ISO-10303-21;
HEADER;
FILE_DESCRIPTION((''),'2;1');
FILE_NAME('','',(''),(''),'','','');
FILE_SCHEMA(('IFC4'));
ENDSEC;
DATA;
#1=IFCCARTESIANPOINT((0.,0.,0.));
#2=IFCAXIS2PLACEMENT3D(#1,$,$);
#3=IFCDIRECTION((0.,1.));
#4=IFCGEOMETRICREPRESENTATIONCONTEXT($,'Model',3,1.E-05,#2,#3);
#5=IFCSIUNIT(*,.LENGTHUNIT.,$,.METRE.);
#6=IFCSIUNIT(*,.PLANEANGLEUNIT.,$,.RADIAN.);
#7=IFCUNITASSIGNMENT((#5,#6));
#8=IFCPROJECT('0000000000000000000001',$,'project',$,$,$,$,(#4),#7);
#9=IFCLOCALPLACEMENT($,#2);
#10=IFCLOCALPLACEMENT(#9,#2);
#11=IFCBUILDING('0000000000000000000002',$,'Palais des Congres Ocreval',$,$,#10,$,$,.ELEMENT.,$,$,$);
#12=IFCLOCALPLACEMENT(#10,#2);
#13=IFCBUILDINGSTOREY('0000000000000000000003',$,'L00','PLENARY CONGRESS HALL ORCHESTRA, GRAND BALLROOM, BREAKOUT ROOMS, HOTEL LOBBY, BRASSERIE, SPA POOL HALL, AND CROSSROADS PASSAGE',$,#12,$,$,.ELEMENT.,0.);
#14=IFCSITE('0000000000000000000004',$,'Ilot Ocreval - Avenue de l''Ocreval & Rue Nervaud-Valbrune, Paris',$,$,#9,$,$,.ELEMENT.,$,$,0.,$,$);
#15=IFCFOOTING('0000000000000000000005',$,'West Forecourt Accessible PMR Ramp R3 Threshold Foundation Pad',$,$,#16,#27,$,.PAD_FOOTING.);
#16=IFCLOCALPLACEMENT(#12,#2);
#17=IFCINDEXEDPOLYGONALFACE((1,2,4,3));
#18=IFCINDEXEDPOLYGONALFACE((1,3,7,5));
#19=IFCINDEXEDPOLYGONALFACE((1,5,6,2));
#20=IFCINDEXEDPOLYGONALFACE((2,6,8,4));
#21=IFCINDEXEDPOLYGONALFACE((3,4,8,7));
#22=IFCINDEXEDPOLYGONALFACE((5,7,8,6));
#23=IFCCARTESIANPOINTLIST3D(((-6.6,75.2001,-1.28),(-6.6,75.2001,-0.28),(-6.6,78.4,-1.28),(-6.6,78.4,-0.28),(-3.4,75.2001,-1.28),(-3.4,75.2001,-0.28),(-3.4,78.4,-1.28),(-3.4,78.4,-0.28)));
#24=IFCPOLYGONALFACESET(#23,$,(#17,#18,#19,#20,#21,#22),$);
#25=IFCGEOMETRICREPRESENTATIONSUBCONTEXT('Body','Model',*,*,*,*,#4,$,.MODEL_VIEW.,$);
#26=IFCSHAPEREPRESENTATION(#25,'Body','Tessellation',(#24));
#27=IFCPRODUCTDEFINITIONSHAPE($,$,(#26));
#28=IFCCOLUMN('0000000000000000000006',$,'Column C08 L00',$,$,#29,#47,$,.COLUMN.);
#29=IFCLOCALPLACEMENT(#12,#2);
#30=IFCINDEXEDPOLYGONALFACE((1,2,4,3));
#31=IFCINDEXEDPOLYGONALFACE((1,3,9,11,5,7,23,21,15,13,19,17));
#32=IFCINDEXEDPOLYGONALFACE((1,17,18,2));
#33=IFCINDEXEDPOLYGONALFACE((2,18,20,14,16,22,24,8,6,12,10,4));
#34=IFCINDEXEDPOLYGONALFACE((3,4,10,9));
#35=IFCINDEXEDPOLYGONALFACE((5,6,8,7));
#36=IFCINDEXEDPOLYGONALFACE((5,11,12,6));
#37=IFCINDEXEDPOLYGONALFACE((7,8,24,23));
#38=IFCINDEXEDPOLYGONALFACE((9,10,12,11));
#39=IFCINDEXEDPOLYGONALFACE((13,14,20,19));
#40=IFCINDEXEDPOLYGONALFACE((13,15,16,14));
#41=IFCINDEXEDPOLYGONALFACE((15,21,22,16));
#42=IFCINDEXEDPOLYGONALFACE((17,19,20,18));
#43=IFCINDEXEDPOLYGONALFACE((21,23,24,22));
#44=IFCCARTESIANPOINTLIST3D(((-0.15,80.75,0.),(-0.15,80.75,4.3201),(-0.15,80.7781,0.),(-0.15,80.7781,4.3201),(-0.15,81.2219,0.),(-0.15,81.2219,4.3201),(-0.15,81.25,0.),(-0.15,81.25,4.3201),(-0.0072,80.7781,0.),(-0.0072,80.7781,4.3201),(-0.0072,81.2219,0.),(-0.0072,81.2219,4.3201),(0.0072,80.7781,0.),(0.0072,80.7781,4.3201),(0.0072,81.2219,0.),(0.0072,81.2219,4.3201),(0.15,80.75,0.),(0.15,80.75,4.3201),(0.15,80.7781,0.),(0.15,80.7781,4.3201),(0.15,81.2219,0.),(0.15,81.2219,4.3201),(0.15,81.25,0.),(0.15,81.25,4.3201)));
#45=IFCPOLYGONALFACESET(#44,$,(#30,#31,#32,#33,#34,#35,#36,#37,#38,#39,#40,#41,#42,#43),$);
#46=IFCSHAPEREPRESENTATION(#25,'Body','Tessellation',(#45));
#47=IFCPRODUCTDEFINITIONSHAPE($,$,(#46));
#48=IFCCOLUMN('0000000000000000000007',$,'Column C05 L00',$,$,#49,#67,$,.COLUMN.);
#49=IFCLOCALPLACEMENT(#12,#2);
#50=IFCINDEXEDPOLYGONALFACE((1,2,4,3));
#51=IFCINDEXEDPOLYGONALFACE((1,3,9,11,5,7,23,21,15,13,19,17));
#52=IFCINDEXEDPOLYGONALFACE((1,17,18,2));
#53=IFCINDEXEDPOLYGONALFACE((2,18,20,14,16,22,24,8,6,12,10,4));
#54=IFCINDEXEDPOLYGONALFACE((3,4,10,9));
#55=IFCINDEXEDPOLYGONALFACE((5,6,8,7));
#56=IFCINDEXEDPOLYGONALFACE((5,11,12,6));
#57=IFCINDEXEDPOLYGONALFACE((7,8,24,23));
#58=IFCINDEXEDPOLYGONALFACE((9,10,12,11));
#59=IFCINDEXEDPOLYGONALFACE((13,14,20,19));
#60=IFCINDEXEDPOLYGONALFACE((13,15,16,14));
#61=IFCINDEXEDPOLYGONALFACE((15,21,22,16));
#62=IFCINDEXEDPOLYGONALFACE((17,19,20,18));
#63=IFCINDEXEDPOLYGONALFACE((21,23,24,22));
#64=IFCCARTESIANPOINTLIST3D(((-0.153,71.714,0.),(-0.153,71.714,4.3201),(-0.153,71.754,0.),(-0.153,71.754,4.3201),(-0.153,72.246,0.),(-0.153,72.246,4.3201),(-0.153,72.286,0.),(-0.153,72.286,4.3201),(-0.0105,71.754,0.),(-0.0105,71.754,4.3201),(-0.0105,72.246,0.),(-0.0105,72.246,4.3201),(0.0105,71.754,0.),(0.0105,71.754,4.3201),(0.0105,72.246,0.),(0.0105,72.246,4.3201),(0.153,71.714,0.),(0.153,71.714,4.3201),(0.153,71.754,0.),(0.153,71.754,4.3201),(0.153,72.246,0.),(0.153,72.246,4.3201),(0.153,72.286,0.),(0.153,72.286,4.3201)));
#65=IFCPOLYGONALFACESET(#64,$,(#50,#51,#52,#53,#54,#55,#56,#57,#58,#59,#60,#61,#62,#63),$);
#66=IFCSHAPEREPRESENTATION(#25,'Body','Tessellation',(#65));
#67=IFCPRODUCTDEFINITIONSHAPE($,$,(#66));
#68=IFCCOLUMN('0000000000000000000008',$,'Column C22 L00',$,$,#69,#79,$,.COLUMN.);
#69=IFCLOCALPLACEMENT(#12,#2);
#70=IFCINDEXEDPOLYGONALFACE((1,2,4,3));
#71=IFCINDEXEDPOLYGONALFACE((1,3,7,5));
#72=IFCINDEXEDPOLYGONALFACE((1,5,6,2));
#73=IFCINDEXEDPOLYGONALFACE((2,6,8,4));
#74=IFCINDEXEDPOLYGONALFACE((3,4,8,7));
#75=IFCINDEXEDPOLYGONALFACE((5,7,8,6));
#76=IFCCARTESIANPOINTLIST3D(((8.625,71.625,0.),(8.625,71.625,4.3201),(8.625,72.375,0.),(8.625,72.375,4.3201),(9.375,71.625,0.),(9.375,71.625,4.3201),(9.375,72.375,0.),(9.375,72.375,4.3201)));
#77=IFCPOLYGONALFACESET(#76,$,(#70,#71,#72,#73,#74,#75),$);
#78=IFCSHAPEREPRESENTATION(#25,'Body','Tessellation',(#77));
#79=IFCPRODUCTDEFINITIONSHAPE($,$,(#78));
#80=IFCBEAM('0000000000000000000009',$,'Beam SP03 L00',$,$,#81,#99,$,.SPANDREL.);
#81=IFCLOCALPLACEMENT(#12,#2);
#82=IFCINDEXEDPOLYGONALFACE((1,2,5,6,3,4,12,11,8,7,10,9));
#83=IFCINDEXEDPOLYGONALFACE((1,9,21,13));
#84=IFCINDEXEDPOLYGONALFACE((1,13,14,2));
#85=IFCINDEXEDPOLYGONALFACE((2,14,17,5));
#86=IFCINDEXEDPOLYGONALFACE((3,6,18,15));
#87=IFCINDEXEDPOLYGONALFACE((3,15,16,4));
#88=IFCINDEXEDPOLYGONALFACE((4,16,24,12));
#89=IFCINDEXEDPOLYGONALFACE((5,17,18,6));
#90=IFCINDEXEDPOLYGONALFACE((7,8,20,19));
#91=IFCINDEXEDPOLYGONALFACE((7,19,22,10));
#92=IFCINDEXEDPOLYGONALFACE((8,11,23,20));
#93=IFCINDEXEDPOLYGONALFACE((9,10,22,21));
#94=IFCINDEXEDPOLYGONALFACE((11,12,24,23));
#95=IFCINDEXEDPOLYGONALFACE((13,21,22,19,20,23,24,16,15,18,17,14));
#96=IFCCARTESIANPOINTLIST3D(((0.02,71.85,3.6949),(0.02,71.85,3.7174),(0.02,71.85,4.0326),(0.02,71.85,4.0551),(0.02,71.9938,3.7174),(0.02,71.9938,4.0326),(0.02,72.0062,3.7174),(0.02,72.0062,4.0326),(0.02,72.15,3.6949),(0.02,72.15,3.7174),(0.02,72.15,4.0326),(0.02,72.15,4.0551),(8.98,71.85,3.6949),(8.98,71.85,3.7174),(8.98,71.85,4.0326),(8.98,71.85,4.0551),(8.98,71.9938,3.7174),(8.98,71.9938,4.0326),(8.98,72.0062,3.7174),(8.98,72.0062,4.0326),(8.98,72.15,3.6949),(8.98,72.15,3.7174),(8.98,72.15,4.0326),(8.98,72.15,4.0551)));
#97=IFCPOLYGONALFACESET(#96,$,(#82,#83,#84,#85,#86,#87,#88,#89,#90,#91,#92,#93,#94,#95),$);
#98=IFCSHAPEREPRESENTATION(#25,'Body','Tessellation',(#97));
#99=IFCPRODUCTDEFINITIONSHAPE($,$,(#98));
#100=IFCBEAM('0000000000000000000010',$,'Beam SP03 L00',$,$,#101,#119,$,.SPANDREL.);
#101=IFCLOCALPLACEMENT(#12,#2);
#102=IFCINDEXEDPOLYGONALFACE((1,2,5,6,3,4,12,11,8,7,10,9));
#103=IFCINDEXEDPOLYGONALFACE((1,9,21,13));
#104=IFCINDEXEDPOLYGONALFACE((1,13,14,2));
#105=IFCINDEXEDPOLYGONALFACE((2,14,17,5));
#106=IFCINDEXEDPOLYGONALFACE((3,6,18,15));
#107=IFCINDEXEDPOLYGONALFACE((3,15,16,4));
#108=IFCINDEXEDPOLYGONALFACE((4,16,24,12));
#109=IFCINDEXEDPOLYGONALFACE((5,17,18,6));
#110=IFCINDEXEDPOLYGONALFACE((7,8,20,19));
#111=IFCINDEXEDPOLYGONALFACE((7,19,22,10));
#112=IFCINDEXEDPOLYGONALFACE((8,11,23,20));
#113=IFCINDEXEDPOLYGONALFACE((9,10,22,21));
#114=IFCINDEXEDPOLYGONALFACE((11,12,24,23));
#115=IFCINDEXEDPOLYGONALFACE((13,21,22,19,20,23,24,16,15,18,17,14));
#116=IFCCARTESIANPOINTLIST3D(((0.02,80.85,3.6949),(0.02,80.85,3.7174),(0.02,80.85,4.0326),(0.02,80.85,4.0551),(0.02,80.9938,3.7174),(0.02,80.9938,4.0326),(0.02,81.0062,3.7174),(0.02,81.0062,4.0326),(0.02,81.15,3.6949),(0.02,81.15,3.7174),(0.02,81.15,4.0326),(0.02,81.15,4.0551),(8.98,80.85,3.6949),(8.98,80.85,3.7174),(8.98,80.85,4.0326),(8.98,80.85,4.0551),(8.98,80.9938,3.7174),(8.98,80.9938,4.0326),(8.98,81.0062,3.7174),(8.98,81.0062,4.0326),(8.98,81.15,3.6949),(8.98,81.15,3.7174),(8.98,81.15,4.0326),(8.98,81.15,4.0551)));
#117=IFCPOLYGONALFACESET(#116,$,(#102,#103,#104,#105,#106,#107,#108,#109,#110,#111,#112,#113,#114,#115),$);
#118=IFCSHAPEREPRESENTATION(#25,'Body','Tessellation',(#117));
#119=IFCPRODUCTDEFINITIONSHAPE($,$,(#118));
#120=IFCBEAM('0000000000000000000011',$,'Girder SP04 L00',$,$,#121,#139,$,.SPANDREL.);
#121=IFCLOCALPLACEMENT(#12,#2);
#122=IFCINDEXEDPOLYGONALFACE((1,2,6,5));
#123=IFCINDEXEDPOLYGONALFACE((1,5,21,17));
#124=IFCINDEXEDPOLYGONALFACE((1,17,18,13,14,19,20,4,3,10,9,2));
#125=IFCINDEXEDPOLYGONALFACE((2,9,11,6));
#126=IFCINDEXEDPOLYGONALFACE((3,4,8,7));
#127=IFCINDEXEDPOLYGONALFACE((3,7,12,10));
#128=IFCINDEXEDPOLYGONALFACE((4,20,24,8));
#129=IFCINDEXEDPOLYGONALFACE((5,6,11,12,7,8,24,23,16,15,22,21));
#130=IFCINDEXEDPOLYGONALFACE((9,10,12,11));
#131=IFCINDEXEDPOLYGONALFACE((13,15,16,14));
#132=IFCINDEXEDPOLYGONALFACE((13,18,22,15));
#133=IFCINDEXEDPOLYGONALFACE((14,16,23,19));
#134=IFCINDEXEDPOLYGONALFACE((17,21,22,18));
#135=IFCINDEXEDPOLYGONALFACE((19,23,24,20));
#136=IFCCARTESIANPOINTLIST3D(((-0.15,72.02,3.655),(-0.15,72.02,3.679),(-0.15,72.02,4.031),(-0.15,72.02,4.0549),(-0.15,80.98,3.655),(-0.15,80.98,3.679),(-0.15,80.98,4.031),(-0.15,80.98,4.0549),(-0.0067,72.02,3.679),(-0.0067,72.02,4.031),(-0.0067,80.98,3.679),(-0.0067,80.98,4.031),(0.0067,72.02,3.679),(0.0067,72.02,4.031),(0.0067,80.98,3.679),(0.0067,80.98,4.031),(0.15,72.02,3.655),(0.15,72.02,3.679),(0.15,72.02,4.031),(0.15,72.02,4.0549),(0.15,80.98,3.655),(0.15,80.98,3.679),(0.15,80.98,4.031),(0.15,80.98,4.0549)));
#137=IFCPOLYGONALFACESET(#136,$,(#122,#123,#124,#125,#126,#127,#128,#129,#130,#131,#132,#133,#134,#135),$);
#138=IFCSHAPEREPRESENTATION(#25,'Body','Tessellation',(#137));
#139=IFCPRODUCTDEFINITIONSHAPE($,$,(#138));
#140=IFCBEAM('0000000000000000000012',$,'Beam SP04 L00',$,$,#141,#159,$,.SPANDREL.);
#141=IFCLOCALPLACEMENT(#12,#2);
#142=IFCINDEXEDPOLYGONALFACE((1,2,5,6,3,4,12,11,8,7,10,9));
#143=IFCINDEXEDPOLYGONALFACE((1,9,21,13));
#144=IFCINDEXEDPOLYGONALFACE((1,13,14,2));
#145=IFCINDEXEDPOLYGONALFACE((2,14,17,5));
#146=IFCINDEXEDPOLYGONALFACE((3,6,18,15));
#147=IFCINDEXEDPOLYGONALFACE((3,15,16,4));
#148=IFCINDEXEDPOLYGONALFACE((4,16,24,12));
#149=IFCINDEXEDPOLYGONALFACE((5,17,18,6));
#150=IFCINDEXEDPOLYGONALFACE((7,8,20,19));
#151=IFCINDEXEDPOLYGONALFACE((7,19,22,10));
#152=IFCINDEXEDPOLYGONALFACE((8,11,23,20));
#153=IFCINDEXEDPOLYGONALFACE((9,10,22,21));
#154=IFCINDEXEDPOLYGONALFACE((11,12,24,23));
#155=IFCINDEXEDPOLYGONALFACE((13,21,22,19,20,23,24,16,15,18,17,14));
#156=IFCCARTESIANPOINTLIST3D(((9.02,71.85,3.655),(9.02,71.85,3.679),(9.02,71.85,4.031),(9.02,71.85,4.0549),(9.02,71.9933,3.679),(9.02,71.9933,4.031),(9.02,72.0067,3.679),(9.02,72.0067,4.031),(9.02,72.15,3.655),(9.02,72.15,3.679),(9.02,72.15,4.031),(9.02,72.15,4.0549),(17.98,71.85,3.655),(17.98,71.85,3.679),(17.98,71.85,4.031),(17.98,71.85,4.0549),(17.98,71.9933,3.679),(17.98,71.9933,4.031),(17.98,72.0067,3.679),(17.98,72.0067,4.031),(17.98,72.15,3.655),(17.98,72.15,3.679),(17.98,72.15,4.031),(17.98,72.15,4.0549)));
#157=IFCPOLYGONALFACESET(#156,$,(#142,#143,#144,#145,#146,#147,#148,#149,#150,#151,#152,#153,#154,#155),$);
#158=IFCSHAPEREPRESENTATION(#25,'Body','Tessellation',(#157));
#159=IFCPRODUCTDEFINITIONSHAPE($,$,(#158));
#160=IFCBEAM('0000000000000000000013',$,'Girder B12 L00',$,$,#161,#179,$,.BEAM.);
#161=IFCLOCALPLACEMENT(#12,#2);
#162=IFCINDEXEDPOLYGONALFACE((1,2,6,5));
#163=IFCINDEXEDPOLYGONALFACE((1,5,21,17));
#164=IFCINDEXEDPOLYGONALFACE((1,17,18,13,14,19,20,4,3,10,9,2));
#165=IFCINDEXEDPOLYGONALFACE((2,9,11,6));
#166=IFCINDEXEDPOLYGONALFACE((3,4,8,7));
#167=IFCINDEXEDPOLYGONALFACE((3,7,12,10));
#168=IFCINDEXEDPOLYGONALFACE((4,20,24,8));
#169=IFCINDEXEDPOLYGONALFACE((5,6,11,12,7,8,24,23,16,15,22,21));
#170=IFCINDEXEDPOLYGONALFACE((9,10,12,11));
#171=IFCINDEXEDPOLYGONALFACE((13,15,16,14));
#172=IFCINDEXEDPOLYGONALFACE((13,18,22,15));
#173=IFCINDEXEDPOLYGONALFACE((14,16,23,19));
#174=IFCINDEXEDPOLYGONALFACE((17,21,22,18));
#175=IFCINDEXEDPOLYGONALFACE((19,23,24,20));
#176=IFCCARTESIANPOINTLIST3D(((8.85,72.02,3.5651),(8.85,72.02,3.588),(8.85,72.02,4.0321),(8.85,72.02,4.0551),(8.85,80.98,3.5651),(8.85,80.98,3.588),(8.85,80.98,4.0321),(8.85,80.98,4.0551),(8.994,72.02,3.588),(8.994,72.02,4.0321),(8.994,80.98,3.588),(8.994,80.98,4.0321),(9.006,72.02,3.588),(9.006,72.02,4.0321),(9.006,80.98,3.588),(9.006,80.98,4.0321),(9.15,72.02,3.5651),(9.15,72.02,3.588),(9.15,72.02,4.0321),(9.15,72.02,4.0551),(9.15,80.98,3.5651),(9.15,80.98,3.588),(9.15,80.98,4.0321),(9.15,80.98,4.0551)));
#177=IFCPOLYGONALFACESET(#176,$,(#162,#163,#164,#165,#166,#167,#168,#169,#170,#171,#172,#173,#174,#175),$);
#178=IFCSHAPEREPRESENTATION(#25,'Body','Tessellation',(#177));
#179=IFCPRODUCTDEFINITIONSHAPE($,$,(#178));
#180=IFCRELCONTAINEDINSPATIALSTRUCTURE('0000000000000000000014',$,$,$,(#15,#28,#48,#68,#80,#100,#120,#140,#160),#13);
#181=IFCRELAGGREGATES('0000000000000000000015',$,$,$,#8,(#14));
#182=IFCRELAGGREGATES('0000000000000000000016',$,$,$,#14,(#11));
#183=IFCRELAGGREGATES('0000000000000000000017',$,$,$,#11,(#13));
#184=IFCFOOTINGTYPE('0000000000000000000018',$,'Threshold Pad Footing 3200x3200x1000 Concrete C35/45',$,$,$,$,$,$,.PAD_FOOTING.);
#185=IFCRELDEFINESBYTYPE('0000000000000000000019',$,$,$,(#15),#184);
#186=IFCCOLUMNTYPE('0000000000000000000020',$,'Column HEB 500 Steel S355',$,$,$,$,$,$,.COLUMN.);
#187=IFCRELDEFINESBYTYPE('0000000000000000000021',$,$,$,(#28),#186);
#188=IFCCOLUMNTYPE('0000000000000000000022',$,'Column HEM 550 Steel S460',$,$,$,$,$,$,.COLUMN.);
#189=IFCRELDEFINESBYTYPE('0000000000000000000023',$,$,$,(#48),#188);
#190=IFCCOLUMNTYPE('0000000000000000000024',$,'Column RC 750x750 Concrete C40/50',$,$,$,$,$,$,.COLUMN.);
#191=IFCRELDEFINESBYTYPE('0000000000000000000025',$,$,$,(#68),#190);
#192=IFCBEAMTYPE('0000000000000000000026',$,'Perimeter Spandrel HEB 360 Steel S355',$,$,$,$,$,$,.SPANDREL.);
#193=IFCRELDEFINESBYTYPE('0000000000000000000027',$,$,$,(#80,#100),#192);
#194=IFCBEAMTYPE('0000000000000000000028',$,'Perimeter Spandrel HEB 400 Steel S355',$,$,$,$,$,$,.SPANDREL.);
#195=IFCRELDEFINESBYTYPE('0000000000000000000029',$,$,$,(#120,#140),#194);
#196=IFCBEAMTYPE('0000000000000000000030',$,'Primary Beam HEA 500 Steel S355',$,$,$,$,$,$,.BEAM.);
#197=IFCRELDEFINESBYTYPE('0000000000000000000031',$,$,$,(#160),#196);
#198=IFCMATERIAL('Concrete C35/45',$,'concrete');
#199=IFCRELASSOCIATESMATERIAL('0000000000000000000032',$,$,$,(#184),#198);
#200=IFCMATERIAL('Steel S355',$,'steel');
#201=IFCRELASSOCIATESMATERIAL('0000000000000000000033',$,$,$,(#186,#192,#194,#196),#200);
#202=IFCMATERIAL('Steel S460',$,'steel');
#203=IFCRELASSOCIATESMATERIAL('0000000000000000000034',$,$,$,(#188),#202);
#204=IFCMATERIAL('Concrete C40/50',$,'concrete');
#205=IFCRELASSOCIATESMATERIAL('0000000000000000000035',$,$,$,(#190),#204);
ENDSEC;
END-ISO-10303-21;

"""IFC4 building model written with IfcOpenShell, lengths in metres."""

from ifc_helpers import new_model, si_unit, direction, frame, origin, origin_2d, place, context, subcontext, project, spatial, rectangle, i_section, extrude, material, material_profile, profile_set, type_object, element, save


model = new_model("IFC4")

# Units and contexts
model_context = context("Model", 3, precision=1e-05, world=origin(), true_north=direction((0.0, 1.0)))
body_context = subcontext(model_context, "Body", "Model", "MODEL_VIEW")
ifc_project = project(units=[si_unit("LENGTHUNIT", "METRE"), si_unit("PLANEANGLEUNIT", "RADIAN")], contexts=[model_context])

# Site, building, storey
site_placement = place(None, origin())
site = spatial("IfcSite", under=ifc_project, at=site_placement, Name="Ilot Ocreval - Avenue de l'Ocreval & Rue Nervaud-Valbrune, Paris", CompositionType="ELEMENT", RefElevation=0.0)
building_placement = place(site_placement, origin())
building = spatial("IfcBuilding", under=site, at=building_placement, Name="Palais des Congres Ocreval", CompositionType="ELEMENT")
storey_placement = place(building_placement, origin())
storey = spatial("IfcBuildingStorey", under=building, at=storey_placement, Name="L00", Description="PLENARY CONGRESS HALL ORCHESTRA, GRAND BALLROOM, BREAKOUT ROOMS, HOTEL LOBBY, BRASSERIE, SPA POOL HALL, AND CROSSROADS PASSAGE", CompositionType="ELEMENT", Elevation=0.0)

# Footing
ifc_material_1 = material(Name="Concrete C35/45", Category="concrete")
footing_type = type_object("IfcFootingType", Name="Threshold Pad Footing 3200x3200x1000 Concrete C35/45", PredefinedType="PAD_FOOTING", material=ifc_material_1)
footing_placement = place(storey_placement, frame((-5.0, 76.8, -1.28), z_axis=(0.0, 0.0, 1.0), x_axis=(1.0, 0.0, 0.0)))
element("IfcFooting", 1, at=footing_placement, inside=storey, type_object=footing_type, Name="West Forecourt Accessible PMR Ramp R3 Threshold Foundation Pad", PredefinedType="PAD_FOOTING", context=body_context, shape_type="SweptSolid", body=[
    extrude(rectangle(XDim=3.2, YDim=3.2, at=origin_2d()), origin(), (0.0, 0.0, 1.0), 1.0),
])

# Columns
ifc_material_2 = material(Name="Steel S355", Category="steel")
ifc_material_profile_1 = material_profile(ifc_material_2, i_section(OverallWidth=0.3, OverallDepth=0.5, WebThickness=0.0144, FlangeThickness=0.0281, at=origin_2d()), Name="HEB 500")
ifc_profile_set_1 = profile_set([ifc_material_profile_1], Name="Steel S355")
column_type_1 = type_object("IfcColumnType", Name="Column HEB 500 Steel S355", PredefinedType="COLUMN", material=ifc_profile_set_1)
column_1_placement = place(storey_placement, frame((0.0, 81.0, 0.0), z_axis=(0.0, 0.0, 1.0), x_axis=(1.0, 0.0, 0.0)))
element("IfcColumn", 2, at=column_1_placement, inside=storey, type_object=column_type_1, Name="Column C08 L00", PredefinedType="COLUMN", context=body_context, shape_type="SweptSolid", body=[
    extrude(i_section(OverallWidth=0.3, OverallDepth=0.5, WebThickness=0.0144, FlangeThickness=0.0281, at=origin_2d()), origin(), (0.0, 0.0, 1.0), 4.3201),
])
ifc_material_3 = material(Name="Steel S460", Category="steel")
ifc_material_profile_2 = material_profile(ifc_material_3, i_section(OverallWidth=0.3059, OverallDepth=0.572, WebThickness=0.021, FlangeThickness=0.04, at=origin_2d()), Name="HEM 550")
ifc_profile_set_2 = profile_set([ifc_material_profile_2], Name="Steel S460")
column_type_2 = type_object("IfcColumnType", Name="Column HEM 550 Steel S460", PredefinedType="COLUMN", material=ifc_profile_set_2)
column_2_placement = place(storey_placement, frame((0.0, 72.0, 0.0), z_axis=(0.0, 0.0, 1.0), x_axis=(1.0, 0.0, 0.0)))
element("IfcColumn", 3, at=column_2_placement, inside=storey, type_object=column_type_2, Name="Column C05 L00", PredefinedType="COLUMN", context=body_context, shape_type="SweptSolid", body=[
    extrude(i_section(OverallWidth=0.3059, OverallDepth=0.572, WebThickness=0.021, FlangeThickness=0.04, at=origin_2d()), origin(), (0.0, 0.0, 1.0), 4.3201),
])
ifc_material_4 = material(Name="Concrete C40/50", Category="concrete")
ifc_material_profile_3 = material_profile(ifc_material_4, rectangle(XDim=0.75, YDim=0.75, at=origin_2d()), Name="RC 750x750")
ifc_profile_set_3 = profile_set([ifc_material_profile_3], Name="Concrete C40/50")
column_type_3 = type_object("IfcColumnType", Name="Column RC 750x750 Concrete C40/50", PredefinedType="COLUMN", material=ifc_profile_set_3)
column_3_placement = place(storey_placement, frame((9.0, 72.0, 0.0), z_axis=(0.0, 0.0, 1.0), x_axis=(1.0, 0.0, 0.0)))
element("IfcColumn", 4, at=column_3_placement, inside=storey, type_object=column_type_3, Name="Column C22 L00", PredefinedType="COLUMN", context=body_context, shape_type="SweptSolid", body=[
    extrude(rectangle(XDim=0.75, YDim=0.75, at=origin_2d()), origin(), (0.0, 0.0, 1.0), 4.3201),
])

# Beams
ifc_material_profile_4 = material_profile(ifc_material_2, i_section(OverallWidth=0.3, OverallDepth=0.3601, WebThickness=0.0125, FlangeThickness=0.0225, at=origin_2d()), Name="HEB 360")
ifc_profile_set_4 = profile_set([ifc_material_profile_4], Name="Steel S355")
beam_type_1 = type_object("IfcBeamType", Name="Perimeter Spandrel HEB 360 Steel S355", PredefinedType="SPANDREL", material=ifc_profile_set_4)
for number, where, z_axis, x_axis, name in (
    (5, (0.02, 72.0, 3.875), (1.0, 0.0, 0.0), (0.0, 1.0, 0.0), "Beam SP03 L00"),
    (6, (0.02, 81.0, 3.875), (1.0, 0.0, 0.0), (0.0, 1.0, 0.0), "Beam SP03 L00"),
):
    element("IfcBeam", number, at=place(storey_placement, frame(where, z_axis=z_axis, x_axis=x_axis)), inside=storey, type_object=beam_type_1, Name=name, PredefinedType="SPANDREL", context=body_context, shape_type="SweptSolid", body=[
        extrude(i_section(OverallWidth=0.3, OverallDepth=0.3601, WebThickness=0.0125, FlangeThickness=0.0225, at=origin_2d()), origin(), (0.0, 0.0, 1.0), 8.96),
    ])
ifc_material_profile_5 = material_profile(ifc_material_2, i_section(OverallWidth=0.3, OverallDepth=0.3999, WebThickness=0.0134, FlangeThickness=0.0239, at=origin_2d()), Name="HEB 400")
ifc_profile_set_5 = profile_set([ifc_material_profile_5], Name="Steel S355")
beam_type_2 = type_object("IfcBeamType", Name="Perimeter Spandrel HEB 400 Steel S355", PredefinedType="SPANDREL", material=ifc_profile_set_5)
for number, where, z_axis, x_axis, name in (
    (7, (0.0, 72.02, 3.855), (0.0, 1.0, 0.0), (-1.0, 0.0, 0.0), "Girder SP04 L00"),
    (8, (9.02, 72.0, 3.855), (1.0, 0.0, 0.0), (0.0, 1.0, 0.0), "Beam SP04 L00"),
):
    element("IfcBeam", number, at=place(storey_placement, frame(where, z_axis=z_axis, x_axis=x_axis)), inside=storey, type_object=beam_type_2, Name=name, PredefinedType="SPANDREL", context=body_context, shape_type="SweptSolid", body=[
        extrude(i_section(OverallWidth=0.3, OverallDepth=0.3999, WebThickness=0.0134, FlangeThickness=0.0239, at=origin_2d()), origin(), (0.0, 0.0, 1.0), 8.96),
    ])
ifc_material_profile_6 = material_profile(ifc_material_2, i_section(OverallWidth=0.3, OverallDepth=0.49, WebThickness=0.012, FlangeThickness=0.0229, at=origin_2d()), Name="HEA 500")
ifc_profile_set_6 = profile_set([ifc_material_profile_6], Name="Steel S355")
beam_type_3 = type_object("IfcBeamType", Name="Primary Beam HEA 500 Steel S355", PredefinedType="BEAM", material=ifc_profile_set_6)
beam_placement = place(storey_placement, frame((9.0, 72.02, 3.8101), z_axis=(0.0, 1.0, 0.0), x_axis=(-1.0, 0.0, 0.0)))
element("IfcBeam", 9, at=beam_placement, inside=storey, type_object=beam_type_3, Name="Girder B12 L00", PredefinedType="BEAM", context=body_context, shape_type="SweptSolid", body=[
    extrude(i_section(OverallWidth=0.3, OverallDepth=0.49, WebThickness=0.012, FlangeThickness=0.0229, at=origin_2d()), origin(), (0.0, 0.0, 1.0), 8.96),
])

save(model, "model.ifc")
